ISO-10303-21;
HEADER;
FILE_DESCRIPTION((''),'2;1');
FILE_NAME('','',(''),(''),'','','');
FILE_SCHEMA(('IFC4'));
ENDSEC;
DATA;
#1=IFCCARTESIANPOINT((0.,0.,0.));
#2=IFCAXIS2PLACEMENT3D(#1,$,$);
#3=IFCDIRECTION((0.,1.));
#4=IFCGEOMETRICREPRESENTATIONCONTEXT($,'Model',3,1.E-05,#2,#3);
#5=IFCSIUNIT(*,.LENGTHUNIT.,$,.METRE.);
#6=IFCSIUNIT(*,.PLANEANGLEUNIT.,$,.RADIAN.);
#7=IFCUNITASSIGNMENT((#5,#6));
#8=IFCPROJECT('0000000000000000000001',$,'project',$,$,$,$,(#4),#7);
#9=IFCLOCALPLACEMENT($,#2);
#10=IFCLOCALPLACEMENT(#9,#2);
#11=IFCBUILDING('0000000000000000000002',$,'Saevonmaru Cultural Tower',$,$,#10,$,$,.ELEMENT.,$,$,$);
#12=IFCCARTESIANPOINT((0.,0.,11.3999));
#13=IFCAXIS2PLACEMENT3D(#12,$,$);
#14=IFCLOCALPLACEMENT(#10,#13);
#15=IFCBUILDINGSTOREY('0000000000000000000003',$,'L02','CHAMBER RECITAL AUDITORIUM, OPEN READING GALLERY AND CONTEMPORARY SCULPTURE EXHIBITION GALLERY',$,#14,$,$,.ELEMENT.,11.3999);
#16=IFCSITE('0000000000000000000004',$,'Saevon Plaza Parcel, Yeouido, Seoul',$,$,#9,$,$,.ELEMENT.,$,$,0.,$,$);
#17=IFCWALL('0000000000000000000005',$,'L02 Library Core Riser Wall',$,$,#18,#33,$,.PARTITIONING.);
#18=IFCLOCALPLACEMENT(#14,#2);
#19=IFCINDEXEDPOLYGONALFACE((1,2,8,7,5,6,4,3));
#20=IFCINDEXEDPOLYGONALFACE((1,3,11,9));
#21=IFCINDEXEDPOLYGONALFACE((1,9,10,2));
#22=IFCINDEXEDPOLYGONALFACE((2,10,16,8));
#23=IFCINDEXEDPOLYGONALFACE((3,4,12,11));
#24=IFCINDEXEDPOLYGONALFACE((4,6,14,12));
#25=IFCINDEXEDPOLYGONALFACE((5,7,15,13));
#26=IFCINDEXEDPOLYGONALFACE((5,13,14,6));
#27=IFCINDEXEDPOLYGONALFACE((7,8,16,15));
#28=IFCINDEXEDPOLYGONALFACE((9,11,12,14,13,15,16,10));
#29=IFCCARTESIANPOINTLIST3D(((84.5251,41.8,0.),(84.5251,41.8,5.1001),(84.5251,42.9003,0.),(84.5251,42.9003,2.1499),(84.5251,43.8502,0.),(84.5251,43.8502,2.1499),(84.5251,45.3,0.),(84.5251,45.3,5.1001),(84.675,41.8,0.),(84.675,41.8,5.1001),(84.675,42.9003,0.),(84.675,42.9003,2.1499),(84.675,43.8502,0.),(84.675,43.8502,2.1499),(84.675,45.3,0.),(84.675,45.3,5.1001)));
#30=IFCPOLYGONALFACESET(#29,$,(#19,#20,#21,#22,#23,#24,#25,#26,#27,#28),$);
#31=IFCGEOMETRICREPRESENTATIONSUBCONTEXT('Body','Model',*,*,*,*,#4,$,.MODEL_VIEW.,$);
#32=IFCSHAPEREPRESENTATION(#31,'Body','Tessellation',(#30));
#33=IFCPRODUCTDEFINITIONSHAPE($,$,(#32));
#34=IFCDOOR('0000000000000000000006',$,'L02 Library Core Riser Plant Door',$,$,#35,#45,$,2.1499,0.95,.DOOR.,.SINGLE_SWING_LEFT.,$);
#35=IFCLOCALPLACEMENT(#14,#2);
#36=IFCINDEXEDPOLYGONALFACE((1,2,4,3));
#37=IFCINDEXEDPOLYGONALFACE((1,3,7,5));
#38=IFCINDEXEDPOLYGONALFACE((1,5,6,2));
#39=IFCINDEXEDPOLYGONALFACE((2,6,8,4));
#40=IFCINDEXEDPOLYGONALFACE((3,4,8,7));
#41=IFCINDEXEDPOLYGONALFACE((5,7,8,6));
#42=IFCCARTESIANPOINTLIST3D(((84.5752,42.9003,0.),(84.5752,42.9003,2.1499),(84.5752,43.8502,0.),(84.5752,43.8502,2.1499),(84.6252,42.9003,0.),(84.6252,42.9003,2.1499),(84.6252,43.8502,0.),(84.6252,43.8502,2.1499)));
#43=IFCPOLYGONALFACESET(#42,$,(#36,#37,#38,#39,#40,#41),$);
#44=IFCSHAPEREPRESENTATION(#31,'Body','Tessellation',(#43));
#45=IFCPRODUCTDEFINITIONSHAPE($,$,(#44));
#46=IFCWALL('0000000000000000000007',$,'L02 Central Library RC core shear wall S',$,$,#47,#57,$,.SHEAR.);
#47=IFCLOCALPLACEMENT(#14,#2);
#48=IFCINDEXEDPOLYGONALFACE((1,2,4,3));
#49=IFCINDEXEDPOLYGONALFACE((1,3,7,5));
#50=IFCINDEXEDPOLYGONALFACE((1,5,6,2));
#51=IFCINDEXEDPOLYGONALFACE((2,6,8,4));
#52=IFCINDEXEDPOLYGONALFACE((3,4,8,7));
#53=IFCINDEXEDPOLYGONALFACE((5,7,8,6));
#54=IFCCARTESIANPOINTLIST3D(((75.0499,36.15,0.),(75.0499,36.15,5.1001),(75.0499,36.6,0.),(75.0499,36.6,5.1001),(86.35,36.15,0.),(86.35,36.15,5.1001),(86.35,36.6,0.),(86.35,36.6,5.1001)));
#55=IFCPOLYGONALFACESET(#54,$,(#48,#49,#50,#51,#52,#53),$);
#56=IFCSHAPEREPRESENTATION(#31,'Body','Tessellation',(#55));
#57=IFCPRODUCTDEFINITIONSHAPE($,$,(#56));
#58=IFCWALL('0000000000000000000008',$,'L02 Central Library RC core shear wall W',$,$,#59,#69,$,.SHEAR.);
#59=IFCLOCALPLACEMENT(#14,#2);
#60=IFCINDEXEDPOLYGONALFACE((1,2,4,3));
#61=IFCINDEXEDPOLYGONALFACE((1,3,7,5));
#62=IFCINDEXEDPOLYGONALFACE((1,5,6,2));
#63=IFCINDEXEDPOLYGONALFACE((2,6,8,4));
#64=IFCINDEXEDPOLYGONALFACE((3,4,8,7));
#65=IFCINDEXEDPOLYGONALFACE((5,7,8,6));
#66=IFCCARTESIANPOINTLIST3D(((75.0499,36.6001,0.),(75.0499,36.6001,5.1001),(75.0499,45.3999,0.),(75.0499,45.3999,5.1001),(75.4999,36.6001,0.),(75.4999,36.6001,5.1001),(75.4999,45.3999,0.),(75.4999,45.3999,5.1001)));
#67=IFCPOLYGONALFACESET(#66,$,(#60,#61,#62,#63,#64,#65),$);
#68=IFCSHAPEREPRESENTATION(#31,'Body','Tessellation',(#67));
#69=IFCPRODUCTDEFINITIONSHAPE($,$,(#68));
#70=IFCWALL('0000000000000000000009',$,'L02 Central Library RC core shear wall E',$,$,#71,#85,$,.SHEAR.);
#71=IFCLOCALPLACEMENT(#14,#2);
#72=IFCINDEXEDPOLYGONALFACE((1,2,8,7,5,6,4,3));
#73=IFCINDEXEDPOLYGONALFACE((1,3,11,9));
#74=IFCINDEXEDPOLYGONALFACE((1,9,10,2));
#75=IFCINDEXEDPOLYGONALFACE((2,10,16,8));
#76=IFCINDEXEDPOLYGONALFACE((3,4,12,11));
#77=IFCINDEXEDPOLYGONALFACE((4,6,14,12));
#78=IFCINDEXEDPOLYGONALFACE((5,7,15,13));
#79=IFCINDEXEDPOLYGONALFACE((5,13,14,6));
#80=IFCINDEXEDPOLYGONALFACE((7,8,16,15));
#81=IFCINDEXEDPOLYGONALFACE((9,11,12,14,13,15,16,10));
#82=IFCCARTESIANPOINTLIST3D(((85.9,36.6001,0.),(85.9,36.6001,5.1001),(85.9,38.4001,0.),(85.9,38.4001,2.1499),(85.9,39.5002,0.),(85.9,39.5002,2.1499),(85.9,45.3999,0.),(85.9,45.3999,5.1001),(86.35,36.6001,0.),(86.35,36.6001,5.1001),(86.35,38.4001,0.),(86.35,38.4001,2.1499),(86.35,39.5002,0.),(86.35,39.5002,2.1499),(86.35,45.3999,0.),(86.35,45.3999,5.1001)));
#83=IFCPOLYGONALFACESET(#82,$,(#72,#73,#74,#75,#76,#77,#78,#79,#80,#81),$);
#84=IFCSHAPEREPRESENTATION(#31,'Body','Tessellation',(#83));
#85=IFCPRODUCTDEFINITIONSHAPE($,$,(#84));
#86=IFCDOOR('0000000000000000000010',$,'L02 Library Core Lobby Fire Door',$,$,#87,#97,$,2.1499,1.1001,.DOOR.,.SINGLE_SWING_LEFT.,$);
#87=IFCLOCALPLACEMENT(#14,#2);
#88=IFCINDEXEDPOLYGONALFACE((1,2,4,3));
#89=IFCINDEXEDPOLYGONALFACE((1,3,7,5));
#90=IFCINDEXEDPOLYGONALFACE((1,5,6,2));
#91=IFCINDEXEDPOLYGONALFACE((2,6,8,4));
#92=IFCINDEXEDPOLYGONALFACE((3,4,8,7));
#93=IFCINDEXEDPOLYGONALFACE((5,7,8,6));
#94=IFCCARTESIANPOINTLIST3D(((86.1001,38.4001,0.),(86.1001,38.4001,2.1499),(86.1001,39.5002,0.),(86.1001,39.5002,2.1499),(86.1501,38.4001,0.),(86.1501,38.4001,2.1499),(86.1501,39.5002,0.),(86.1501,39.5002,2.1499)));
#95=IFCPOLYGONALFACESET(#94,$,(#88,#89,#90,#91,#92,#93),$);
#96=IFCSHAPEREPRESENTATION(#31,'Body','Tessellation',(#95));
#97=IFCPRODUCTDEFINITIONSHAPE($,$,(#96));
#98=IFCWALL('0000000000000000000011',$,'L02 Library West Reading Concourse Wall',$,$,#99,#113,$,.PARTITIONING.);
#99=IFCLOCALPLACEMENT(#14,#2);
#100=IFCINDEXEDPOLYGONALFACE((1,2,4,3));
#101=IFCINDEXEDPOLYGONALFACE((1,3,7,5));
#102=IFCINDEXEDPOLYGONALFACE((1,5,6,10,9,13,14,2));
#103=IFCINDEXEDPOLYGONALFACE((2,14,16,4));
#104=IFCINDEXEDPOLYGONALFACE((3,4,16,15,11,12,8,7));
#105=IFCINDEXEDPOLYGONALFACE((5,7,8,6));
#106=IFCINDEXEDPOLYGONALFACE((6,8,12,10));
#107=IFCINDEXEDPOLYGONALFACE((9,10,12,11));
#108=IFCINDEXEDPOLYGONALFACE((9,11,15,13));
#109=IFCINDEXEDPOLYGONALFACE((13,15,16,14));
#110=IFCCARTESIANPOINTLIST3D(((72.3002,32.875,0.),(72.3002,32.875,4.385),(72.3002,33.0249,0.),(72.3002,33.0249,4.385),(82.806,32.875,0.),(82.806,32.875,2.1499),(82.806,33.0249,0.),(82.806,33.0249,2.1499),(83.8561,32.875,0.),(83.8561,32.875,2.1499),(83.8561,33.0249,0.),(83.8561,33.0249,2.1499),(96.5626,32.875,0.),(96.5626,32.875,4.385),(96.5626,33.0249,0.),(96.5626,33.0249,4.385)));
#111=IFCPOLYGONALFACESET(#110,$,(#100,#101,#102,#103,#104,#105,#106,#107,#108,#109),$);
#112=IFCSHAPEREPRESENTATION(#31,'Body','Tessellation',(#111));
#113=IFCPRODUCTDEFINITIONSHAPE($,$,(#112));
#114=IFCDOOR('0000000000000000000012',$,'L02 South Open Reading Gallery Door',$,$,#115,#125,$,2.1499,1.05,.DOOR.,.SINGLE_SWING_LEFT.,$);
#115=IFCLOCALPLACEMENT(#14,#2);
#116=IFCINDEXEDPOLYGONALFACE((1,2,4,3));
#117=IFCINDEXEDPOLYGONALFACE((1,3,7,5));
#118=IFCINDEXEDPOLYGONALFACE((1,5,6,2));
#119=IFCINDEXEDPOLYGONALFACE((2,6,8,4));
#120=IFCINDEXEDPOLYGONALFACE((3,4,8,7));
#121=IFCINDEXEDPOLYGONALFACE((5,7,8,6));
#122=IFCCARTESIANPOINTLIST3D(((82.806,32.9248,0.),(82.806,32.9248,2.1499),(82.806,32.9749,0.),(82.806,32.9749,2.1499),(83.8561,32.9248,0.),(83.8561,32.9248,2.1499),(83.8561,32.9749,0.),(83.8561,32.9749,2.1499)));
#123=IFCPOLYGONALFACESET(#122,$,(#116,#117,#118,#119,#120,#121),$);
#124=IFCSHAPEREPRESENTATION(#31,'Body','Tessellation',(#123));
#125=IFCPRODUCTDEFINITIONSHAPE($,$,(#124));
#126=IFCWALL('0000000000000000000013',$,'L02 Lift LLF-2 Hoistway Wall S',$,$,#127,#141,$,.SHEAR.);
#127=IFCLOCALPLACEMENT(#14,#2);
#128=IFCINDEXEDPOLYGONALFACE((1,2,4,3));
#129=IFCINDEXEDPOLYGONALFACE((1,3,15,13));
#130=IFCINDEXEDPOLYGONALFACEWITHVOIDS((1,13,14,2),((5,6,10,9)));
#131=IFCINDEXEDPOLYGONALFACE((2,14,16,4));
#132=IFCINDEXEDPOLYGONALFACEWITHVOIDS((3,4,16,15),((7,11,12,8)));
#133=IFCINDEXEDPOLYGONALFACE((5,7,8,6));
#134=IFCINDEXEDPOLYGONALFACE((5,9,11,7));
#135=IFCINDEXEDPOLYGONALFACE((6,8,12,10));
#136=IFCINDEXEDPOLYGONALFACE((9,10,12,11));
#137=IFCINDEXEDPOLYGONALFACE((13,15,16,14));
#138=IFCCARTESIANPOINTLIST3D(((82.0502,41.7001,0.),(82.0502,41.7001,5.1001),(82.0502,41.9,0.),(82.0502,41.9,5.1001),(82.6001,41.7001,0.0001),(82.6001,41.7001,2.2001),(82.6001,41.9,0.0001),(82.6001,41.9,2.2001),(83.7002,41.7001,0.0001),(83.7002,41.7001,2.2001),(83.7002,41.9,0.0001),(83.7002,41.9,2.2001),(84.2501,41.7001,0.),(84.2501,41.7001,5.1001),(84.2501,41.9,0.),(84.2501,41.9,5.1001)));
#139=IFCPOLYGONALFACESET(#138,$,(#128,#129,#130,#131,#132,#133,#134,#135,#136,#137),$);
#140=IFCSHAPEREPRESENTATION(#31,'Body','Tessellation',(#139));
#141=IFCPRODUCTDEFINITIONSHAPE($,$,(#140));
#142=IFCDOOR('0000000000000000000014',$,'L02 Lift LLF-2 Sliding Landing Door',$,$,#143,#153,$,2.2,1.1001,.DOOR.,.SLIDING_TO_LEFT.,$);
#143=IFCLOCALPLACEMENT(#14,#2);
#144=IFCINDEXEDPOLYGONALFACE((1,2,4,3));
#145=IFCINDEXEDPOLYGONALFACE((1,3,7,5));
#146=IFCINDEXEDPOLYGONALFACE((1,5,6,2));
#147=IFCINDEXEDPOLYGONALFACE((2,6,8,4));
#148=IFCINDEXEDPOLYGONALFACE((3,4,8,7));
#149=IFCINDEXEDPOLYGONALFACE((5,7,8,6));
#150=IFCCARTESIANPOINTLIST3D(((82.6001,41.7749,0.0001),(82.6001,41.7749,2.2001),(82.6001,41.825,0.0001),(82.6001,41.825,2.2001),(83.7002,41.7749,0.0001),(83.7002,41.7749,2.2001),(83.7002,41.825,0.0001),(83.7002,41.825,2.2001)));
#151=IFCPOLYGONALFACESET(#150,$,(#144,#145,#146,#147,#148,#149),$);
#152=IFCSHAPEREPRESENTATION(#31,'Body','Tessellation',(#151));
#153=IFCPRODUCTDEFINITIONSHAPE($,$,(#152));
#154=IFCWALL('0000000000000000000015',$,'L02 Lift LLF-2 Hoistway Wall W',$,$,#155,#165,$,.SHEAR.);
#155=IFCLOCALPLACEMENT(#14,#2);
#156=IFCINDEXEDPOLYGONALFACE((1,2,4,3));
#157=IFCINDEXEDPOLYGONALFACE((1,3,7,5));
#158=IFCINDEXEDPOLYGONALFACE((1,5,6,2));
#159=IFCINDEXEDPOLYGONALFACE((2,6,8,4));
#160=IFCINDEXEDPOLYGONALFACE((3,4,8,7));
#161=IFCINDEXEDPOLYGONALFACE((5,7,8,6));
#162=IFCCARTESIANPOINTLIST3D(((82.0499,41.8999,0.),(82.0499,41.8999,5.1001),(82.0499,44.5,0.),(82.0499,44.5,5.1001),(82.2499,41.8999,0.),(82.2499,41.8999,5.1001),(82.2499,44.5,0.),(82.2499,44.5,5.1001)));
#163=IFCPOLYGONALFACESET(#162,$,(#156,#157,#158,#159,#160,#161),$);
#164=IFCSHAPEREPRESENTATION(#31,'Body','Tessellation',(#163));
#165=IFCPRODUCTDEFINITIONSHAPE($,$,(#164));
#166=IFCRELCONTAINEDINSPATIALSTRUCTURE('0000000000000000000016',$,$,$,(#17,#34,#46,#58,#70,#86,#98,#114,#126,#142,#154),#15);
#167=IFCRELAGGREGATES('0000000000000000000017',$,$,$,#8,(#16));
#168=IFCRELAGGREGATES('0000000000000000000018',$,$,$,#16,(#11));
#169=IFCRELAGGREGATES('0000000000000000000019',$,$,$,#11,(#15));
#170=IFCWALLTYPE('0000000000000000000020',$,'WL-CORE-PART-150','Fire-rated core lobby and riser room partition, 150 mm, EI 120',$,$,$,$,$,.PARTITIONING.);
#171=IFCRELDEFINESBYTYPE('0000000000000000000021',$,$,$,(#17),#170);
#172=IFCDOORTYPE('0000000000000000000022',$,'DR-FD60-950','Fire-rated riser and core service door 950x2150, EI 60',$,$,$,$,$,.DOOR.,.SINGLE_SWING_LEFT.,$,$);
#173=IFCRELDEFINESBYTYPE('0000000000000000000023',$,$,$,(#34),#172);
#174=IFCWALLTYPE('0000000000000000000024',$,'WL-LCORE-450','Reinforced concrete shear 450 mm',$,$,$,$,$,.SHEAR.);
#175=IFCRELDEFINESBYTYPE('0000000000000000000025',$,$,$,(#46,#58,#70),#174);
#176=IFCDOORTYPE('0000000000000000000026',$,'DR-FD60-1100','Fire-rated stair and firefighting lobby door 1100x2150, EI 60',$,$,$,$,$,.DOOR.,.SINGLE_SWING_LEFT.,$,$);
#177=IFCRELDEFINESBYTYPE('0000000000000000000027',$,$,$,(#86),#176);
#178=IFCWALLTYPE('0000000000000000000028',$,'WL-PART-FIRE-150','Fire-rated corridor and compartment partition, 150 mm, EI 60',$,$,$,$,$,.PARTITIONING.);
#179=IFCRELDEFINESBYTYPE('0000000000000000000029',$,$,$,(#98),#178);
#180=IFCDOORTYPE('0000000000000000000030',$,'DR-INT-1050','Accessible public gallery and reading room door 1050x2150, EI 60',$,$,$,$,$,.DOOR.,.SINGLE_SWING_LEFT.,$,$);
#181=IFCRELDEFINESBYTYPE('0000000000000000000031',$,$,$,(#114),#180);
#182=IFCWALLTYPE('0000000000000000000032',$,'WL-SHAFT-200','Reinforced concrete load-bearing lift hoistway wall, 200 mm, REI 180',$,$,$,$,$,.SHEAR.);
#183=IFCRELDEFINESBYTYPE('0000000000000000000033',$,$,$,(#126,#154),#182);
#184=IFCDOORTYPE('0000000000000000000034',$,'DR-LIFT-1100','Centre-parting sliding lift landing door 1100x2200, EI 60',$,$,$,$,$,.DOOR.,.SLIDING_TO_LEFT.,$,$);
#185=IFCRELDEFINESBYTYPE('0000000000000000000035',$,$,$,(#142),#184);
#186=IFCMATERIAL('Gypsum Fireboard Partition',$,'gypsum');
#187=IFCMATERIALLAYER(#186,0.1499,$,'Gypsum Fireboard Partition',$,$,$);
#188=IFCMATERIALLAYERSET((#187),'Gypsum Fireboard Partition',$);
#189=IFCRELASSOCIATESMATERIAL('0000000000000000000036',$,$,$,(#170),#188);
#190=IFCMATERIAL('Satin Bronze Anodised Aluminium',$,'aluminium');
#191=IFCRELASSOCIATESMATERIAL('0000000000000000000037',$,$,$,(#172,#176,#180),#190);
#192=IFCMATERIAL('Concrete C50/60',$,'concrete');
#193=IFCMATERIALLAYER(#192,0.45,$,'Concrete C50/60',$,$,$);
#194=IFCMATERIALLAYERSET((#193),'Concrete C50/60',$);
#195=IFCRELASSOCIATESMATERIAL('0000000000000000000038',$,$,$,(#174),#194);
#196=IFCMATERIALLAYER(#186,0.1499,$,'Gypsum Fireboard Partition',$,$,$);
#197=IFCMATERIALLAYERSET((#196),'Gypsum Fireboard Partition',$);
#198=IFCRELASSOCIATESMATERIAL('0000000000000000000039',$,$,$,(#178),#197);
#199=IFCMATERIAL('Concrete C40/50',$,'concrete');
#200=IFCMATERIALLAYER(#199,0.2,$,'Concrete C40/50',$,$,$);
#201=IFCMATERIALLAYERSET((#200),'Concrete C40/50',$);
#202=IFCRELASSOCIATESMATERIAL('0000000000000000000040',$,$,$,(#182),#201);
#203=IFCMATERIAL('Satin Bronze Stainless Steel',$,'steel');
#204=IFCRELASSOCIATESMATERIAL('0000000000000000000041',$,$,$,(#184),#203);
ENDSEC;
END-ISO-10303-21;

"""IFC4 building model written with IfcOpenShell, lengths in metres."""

from ifc_helpers import new_model, si_unit, direction, frame, frame_2d, origin, place, context, subcontext, project, spatial, rectangle, extrude, material, layer, layer_set, type_object, element, fill, save


model = new_model("IFC4")

# Units and contexts
model_context = context("Model", 3, precision=1e-05, world=origin(), true_north=direction((0.0, 1.0)))
body_context = subcontext(model_context, "Body", "Model", "MODEL_VIEW")
ifc_project = project(units=[si_unit("LENGTHUNIT", "METRE"), si_unit("PLANEANGLEUNIT", "RADIAN")], contexts=[model_context])

# Site, building, storey
site_placement = place(None, origin())
site = spatial("IfcSite", under=ifc_project, at=site_placement, Name="Saevon Plaza Parcel, Yeouido, Seoul", CompositionType="ELEMENT", RefElevation=0.0)
building_placement = place(site_placement, origin())
building = spatial("IfcBuilding", under=site, at=building_placement, Name="Saevonmaru Cultural Tower", CompositionType="ELEMENT")
storey_placement = place(building_placement, frame((0.0, 0.0, 11.3999)))
storey = spatial("IfcBuildingStorey", under=building, at=storey_placement, Name="L02", Description="CHAMBER RECITAL AUDITORIUM, OPEN READING GALLERY AND CONTEMPORARY SCULPTURE EXHIBITION GALLERY", CompositionType="ELEMENT", Elevation=11.3999)

# Wall, opening, door
ifc_material_1 = material(Name="Gypsum Fireboard Partition", Category="gypsum")
ifc_layer_1 = layer(ifc_material_1, 0.1499, Name="Gypsum Fireboard Partition")
ifc_layer_set_1 = layer_set([ifc_layer_1], Name="Gypsum Fireboard Partition")
wall_type_1 = type_object("IfcWallType", Name="WL-CORE-PART-150", Description="Fire-rated core lobby and riser room partition, 150 mm, EI 120", PredefinedType="PARTITIONING", material=ifc_layer_set_1)
wall_1_placement = place(storey_placement, frame((84.6001, 41.8, 0.0), z_axis=(0.0, 0.0, 1.0), x_axis=(0.0, 1.0, 0.0)))
wall_1 = element("IfcWall", 1, at=wall_1_placement, inside=storey, type_object=wall_type_1, Name="L02 Library Core Riser Wall", PredefinedType="PARTITIONING", context=body_context, shape_type="SweptSolid", body=[
    extrude(rectangle(XDim=3.5, YDim=0.1499, at=frame_2d((1.75, 0.0))), origin(), (0.0, 0.0, 1.0), 5.1001),
])
opening_1_placement = place(wall_1_placement, frame((1.1001, 0.0, 0.0)))
opening_1 = element("IfcOpeningElement", 2, at=opening_1_placement, cuts=wall_1, PredefinedType="OPENING", context=body_context, shape_type="SweptSolid", body=[
    extrude(rectangle(XDim=0.95, YDim=2.1499, at=frame_2d((0.4751, 1.075))), frame((0.0, 0.085, 0.0), z_axis=(0.0, -1.0, 0.0), x_axis=(1.0, 0.0, 0.0)), (0.0, 0.0, 1.0), 0.1699),
])
ifc_material_2 = material(Name="Satin Bronze Anodised Aluminium", Category="aluminium")
door_type_1 = type_object("IfcDoorType", Name="DR-FD60-950", Description="Fire-rated riser and core service door 950x2150, EI 60", OperationType="SINGLE_SWING_LEFT", PredefinedType="DOOR", material=ifc_material_2)
door_1_placement = place(opening_1_placement, origin())
door_1 = element("IfcDoor", 3, at=door_1_placement, inside=storey, type_object=door_type_1, Name="L02 Library Core Riser Plant Door", OperationType="SINGLE_SWING_LEFT", OverallHeight=2.1499, OverallWidth=0.95, PredefinedType="DOOR", context=body_context, shape_type="SweptSolid", body=[
    extrude(rectangle(XDim=0.95, YDim=2.1499, at=frame_2d((0.4751, 1.075))), frame((0.0, 0.0249, 0.0), z_axis=(0.0, -1.0, 0.0), x_axis=(1.0, 0.0, 0.0)), (0.0, 0.0, 1.0), 0.05),
])
fill(opening_1, door_1)

# Walls
ifc_material_3 = material(Name="Concrete C50/60", Category="concrete")
ifc_layer_2 = layer(ifc_material_3, 0.45, Name="Concrete C50/60")
ifc_layer_set_2 = layer_set([ifc_layer_2], Name="Concrete C50/60")
wall_type_2 = type_object("IfcWallType", Name="WL-LCORE-450", Description="Reinforced concrete shear 450 mm", PredefinedType="SHEAR", material=ifc_layer_set_2)
wall_2_placement = place(storey_placement, frame((75.05, 36.375, 0.0), z_axis=(0.0, 0.0, 1.0), x_axis=(1.0, 0.0, 0.0)))
element("IfcWall", 4, at=wall_2_placement, inside=storey, type_object=wall_type_2, Name="L02 Central Library RC core shear wall S", PredefinedType="SHEAR", context=body_context, shape_type="SweptSolid", body=[
    extrude(rectangle(XDim=11.3, YDim=0.45, at=frame_2d((5.6499, 0.0))), origin(), (0.0, 0.0, 1.0), 5.1001),
])
wall_3_placement = place(storey_placement, frame((75.2749, 36.6001, 0.0), z_axis=(0.0, 0.0, 1.0), x_axis=(0.0, 1.0, 0.0)))
element("IfcWall", 5, at=wall_3_placement, inside=storey, type_object=wall_type_2, Name="L02 Central Library RC core shear wall W", PredefinedType="SHEAR", context=body_context, shape_type="SweptSolid", body=[
    extrude(rectangle(XDim=8.7998, YDim=0.45, at=frame_2d((4.3999, 0.0))), origin(), (0.0, 0.0, 1.0), 5.1001),
])

# Walls, openings, doors
wall_4_placement = place(storey_placement, frame((86.125, 36.6001, 0.0), z_axis=(0.0, 0.0, 1.0), x_axis=(0.0, 1.0, 0.0)))
wall_4 = element("IfcWall", 6, at=wall_4_placement, inside=storey, type_object=wall_type_2, Name="L02 Central Library RC core shear wall E", PredefinedType="SHEAR", context=body_context, shape_type="SweptSolid", body=[
    extrude(rectangle(XDim=8.7998, YDim=0.45, at=frame_2d((4.3999, 0.0))), origin(), (0.0, 0.0, 1.0), 5.1001),
])
opening_2_placement = place(wall_4_placement, frame((1.8, 0.0, 0.0)))
opening_2 = element("IfcOpeningElement", 7, at=opening_2_placement, cuts=wall_4, PredefinedType="OPENING", context=body_context, shape_type="SweptSolid", body=[
    extrude(rectangle(XDim=1.1001, YDim=2.1499, at=frame_2d((0.55, 1.075))), frame((0.0, 0.2349, 0.0), z_axis=(0.0, -1.0, 0.0), x_axis=(1.0, 0.0, 0.0)), (0.0, 0.0, 1.0), 0.47),
])
door_type_2 = type_object("IfcDoorType", Name="DR-FD60-1100", Description="Fire-rated stair and firefighting lobby door 1100x2150, EI 60", OperationType="SINGLE_SWING_LEFT", PredefinedType="DOOR", material=ifc_material_2)
door_2_placement = place(opening_2_placement, origin())
door_2 = element("IfcDoor", 8, at=door_2_placement, inside=storey, type_object=door_type_2, Name="L02 Library Core Lobby Fire Door", OperationType="SINGLE_SWING_LEFT", OverallHeight=2.1499, OverallWidth=1.1001, PredefinedType="DOOR", context=body_context, shape_type="SweptSolid", body=[
    extrude(rectangle(XDim=1.1001, YDim=2.1499, at=frame_2d((0.55, 1.075))), frame((0.0, 0.0249, 0.0), z_axis=(0.0, -1.0, 0.0), x_axis=(1.0, 0.0, 0.0)), (0.0, 0.0, 1.0), 0.05),
])
fill(opening_2, door_2)
ifc_layer_3 = layer(ifc_material_1, 0.1499, Name="Gypsum Fireboard Partition")
ifc_layer_set_3 = layer_set([ifc_layer_3], Name="Gypsum Fireboard Partition")
wall_type_3 = type_object("IfcWallType", Name="WL-PART-FIRE-150", Description="Fire-rated corridor and compartment partition, 150 mm, EI 60", PredefinedType="PARTITIONING", material=ifc_layer_set_3)
wall_5_placement = place(storey_placement, frame((72.3, 32.95, 0.0), z_axis=(0.0, 0.0, 1.0), x_axis=(1.0, 0.0, 0.0)))
wall_5 = element("IfcWall", 9, at=wall_5_placement, inside=storey, type_object=wall_type_3, Name="L02 Library West Reading Concourse Wall", PredefinedType="PARTITIONING", context=body_context, shape_type="SweptSolid", body=[
    extrude(rectangle(XDim=24.2625, YDim=0.1499, at=frame_2d((12.1313, 0.0))), origin(), (0.0, 0.0, 1.0), 4.385),
])
opening_3_placement = place(wall_5_placement, frame((10.5061, 0.0, 0.0)))
opening_3 = element("IfcOpeningElement", 10, at=opening_3_placement, cuts=wall_5, PredefinedType="OPENING", context=body_context, shape_type="SweptSolid", body=[
    extrude(rectangle(XDim=1.05, YDim=2.1499, at=frame_2d((0.5249, 1.075))), frame((0.0, 0.085, 0.0), z_axis=(0.0, -1.0, 0.0), x_axis=(1.0, 0.0, 0.0)), (0.0, 0.0, 1.0), 0.1699),
])
door_type_3 = type_object("IfcDoorType", Name="DR-INT-1050", Description="Accessible public gallery and reading room door 1050x2150, EI 60", OperationType="SINGLE_SWING_LEFT", PredefinedType="DOOR", material=ifc_material_2)
door_3_placement = place(opening_3_placement, origin())
door_3 = element("IfcDoor", 11, at=door_3_placement, inside=storey, type_object=door_type_3, Name="L02 South Open Reading Gallery Door", OperationType="SINGLE_SWING_LEFT", OverallHeight=2.1499, OverallWidth=1.05, PredefinedType="DOOR", context=body_context, shape_type="SweptSolid", body=[
    extrude(rectangle(XDim=1.05, YDim=2.1499, at=frame_2d((0.5249, 1.075))), frame((0.0, 0.0249, 0.0), z_axis=(0.0, -1.0, 0.0), x_axis=(1.0, 0.0, 0.0)), (0.0, 0.0, 1.0), 0.05),
])
fill(opening_3, door_3)
ifc_material_4 = material(Name="Concrete C40/50", Category="concrete")
ifc_layer_4 = layer(ifc_material_4, 0.2, Name="Concrete C40/50")
ifc_layer_set_4 = layer_set([ifc_layer_4], Name="Concrete C40/50")
wall_type_4 = type_object("IfcWallType", Name="WL-SHAFT-200", Description="Reinforced concrete load-bearing lift hoistway wall, 200 mm, REI 180", PredefinedType="SHEAR", material=ifc_layer_set_4)
wall_6_placement = place(storey_placement, frame((82.05, 41.8, 0.0), z_axis=(0.0, 0.0, 1.0), x_axis=(1.0, 0.0, 0.0)))
wall_6 = element("IfcWall", 12, at=wall_6_placement, inside=storey, type_object=wall_type_4, Name="L02 Lift LLF-2 Hoistway Wall S", PredefinedType="SHEAR", context=body_context, shape_type="SweptSolid", body=[
    extrude(rectangle(XDim=2.2, YDim=0.2, at=frame_2d((1.1001, 0.0))), origin(), (0.0, 0.0, 1.0), 5.1001),
])
opening_4_placement = place(wall_6_placement, frame((0.55, 0.0, 0.0)))
opening_4 = element("IfcOpeningElement", 13, at=opening_4_placement, cuts=wall_6, PredefinedType="OPENING", context=body_context, shape_type="SweptSolid", body=[
    extrude(rectangle(XDim=1.1001, YDim=2.2, at=frame_2d((0.55, 1.1001))), frame((0.0, 0.1099, 0.0), z_axis=(0.0, -1.0, 0.0), x_axis=(1.0, 0.0, 0.0)), (0.0, 0.0, 1.0), 0.22),
])
ifc_material_5 = material(Name="Satin Bronze Stainless Steel", Category="steel")
door_type_4 = type_object("IfcDoorType", Name="DR-LIFT-1100", Description="Centre-parting sliding lift landing door 1100x2200, EI 60", OperationType="SLIDING_TO_LEFT", PredefinedType="DOOR", material=ifc_material_5)
door_4_placement = place(opening_4_placement, origin())
door_4 = element("IfcDoor", 14, at=door_4_placement, inside=storey, type_object=door_type_4, Name="L02 Lift LLF-2 Sliding Landing Door", OperationType="SLIDING_TO_LEFT", OverallHeight=2.2, OverallWidth=1.1001, PredefinedType="DOOR", context=body_context, shape_type="SweptSolid", body=[
    extrude(rectangle(XDim=1.1001, YDim=2.2, at=frame_2d((0.55, 1.1001))), frame((0.0, 0.0249, 0.0), z_axis=(0.0, -1.0, 0.0), x_axis=(1.0, 0.0, 0.0)), (0.0, 0.0, 1.0), 0.05),
])
fill(opening_4, door_4)

# Wall
wall_7_placement = place(storey_placement, frame((82.1499, 41.8999, 0.0), z_axis=(0.0, 0.0, 1.0), x_axis=(0.0, 1.0, 0.0)))
element("IfcWall", 15, at=wall_7_placement, inside=storey, type_object=wall_type_4, Name="L02 Lift LLF-2 Hoistway Wall W", PredefinedType="SHEAR", context=body_context, shape_type="SweptSolid", body=[
    extrude(rectangle(XDim=2.6001, YDim=0.2, at=frame_2d((1.3, 0.0))), origin(), (0.0, 0.0, 1.0), 5.1001),
])

save(model, "model.ifc")
